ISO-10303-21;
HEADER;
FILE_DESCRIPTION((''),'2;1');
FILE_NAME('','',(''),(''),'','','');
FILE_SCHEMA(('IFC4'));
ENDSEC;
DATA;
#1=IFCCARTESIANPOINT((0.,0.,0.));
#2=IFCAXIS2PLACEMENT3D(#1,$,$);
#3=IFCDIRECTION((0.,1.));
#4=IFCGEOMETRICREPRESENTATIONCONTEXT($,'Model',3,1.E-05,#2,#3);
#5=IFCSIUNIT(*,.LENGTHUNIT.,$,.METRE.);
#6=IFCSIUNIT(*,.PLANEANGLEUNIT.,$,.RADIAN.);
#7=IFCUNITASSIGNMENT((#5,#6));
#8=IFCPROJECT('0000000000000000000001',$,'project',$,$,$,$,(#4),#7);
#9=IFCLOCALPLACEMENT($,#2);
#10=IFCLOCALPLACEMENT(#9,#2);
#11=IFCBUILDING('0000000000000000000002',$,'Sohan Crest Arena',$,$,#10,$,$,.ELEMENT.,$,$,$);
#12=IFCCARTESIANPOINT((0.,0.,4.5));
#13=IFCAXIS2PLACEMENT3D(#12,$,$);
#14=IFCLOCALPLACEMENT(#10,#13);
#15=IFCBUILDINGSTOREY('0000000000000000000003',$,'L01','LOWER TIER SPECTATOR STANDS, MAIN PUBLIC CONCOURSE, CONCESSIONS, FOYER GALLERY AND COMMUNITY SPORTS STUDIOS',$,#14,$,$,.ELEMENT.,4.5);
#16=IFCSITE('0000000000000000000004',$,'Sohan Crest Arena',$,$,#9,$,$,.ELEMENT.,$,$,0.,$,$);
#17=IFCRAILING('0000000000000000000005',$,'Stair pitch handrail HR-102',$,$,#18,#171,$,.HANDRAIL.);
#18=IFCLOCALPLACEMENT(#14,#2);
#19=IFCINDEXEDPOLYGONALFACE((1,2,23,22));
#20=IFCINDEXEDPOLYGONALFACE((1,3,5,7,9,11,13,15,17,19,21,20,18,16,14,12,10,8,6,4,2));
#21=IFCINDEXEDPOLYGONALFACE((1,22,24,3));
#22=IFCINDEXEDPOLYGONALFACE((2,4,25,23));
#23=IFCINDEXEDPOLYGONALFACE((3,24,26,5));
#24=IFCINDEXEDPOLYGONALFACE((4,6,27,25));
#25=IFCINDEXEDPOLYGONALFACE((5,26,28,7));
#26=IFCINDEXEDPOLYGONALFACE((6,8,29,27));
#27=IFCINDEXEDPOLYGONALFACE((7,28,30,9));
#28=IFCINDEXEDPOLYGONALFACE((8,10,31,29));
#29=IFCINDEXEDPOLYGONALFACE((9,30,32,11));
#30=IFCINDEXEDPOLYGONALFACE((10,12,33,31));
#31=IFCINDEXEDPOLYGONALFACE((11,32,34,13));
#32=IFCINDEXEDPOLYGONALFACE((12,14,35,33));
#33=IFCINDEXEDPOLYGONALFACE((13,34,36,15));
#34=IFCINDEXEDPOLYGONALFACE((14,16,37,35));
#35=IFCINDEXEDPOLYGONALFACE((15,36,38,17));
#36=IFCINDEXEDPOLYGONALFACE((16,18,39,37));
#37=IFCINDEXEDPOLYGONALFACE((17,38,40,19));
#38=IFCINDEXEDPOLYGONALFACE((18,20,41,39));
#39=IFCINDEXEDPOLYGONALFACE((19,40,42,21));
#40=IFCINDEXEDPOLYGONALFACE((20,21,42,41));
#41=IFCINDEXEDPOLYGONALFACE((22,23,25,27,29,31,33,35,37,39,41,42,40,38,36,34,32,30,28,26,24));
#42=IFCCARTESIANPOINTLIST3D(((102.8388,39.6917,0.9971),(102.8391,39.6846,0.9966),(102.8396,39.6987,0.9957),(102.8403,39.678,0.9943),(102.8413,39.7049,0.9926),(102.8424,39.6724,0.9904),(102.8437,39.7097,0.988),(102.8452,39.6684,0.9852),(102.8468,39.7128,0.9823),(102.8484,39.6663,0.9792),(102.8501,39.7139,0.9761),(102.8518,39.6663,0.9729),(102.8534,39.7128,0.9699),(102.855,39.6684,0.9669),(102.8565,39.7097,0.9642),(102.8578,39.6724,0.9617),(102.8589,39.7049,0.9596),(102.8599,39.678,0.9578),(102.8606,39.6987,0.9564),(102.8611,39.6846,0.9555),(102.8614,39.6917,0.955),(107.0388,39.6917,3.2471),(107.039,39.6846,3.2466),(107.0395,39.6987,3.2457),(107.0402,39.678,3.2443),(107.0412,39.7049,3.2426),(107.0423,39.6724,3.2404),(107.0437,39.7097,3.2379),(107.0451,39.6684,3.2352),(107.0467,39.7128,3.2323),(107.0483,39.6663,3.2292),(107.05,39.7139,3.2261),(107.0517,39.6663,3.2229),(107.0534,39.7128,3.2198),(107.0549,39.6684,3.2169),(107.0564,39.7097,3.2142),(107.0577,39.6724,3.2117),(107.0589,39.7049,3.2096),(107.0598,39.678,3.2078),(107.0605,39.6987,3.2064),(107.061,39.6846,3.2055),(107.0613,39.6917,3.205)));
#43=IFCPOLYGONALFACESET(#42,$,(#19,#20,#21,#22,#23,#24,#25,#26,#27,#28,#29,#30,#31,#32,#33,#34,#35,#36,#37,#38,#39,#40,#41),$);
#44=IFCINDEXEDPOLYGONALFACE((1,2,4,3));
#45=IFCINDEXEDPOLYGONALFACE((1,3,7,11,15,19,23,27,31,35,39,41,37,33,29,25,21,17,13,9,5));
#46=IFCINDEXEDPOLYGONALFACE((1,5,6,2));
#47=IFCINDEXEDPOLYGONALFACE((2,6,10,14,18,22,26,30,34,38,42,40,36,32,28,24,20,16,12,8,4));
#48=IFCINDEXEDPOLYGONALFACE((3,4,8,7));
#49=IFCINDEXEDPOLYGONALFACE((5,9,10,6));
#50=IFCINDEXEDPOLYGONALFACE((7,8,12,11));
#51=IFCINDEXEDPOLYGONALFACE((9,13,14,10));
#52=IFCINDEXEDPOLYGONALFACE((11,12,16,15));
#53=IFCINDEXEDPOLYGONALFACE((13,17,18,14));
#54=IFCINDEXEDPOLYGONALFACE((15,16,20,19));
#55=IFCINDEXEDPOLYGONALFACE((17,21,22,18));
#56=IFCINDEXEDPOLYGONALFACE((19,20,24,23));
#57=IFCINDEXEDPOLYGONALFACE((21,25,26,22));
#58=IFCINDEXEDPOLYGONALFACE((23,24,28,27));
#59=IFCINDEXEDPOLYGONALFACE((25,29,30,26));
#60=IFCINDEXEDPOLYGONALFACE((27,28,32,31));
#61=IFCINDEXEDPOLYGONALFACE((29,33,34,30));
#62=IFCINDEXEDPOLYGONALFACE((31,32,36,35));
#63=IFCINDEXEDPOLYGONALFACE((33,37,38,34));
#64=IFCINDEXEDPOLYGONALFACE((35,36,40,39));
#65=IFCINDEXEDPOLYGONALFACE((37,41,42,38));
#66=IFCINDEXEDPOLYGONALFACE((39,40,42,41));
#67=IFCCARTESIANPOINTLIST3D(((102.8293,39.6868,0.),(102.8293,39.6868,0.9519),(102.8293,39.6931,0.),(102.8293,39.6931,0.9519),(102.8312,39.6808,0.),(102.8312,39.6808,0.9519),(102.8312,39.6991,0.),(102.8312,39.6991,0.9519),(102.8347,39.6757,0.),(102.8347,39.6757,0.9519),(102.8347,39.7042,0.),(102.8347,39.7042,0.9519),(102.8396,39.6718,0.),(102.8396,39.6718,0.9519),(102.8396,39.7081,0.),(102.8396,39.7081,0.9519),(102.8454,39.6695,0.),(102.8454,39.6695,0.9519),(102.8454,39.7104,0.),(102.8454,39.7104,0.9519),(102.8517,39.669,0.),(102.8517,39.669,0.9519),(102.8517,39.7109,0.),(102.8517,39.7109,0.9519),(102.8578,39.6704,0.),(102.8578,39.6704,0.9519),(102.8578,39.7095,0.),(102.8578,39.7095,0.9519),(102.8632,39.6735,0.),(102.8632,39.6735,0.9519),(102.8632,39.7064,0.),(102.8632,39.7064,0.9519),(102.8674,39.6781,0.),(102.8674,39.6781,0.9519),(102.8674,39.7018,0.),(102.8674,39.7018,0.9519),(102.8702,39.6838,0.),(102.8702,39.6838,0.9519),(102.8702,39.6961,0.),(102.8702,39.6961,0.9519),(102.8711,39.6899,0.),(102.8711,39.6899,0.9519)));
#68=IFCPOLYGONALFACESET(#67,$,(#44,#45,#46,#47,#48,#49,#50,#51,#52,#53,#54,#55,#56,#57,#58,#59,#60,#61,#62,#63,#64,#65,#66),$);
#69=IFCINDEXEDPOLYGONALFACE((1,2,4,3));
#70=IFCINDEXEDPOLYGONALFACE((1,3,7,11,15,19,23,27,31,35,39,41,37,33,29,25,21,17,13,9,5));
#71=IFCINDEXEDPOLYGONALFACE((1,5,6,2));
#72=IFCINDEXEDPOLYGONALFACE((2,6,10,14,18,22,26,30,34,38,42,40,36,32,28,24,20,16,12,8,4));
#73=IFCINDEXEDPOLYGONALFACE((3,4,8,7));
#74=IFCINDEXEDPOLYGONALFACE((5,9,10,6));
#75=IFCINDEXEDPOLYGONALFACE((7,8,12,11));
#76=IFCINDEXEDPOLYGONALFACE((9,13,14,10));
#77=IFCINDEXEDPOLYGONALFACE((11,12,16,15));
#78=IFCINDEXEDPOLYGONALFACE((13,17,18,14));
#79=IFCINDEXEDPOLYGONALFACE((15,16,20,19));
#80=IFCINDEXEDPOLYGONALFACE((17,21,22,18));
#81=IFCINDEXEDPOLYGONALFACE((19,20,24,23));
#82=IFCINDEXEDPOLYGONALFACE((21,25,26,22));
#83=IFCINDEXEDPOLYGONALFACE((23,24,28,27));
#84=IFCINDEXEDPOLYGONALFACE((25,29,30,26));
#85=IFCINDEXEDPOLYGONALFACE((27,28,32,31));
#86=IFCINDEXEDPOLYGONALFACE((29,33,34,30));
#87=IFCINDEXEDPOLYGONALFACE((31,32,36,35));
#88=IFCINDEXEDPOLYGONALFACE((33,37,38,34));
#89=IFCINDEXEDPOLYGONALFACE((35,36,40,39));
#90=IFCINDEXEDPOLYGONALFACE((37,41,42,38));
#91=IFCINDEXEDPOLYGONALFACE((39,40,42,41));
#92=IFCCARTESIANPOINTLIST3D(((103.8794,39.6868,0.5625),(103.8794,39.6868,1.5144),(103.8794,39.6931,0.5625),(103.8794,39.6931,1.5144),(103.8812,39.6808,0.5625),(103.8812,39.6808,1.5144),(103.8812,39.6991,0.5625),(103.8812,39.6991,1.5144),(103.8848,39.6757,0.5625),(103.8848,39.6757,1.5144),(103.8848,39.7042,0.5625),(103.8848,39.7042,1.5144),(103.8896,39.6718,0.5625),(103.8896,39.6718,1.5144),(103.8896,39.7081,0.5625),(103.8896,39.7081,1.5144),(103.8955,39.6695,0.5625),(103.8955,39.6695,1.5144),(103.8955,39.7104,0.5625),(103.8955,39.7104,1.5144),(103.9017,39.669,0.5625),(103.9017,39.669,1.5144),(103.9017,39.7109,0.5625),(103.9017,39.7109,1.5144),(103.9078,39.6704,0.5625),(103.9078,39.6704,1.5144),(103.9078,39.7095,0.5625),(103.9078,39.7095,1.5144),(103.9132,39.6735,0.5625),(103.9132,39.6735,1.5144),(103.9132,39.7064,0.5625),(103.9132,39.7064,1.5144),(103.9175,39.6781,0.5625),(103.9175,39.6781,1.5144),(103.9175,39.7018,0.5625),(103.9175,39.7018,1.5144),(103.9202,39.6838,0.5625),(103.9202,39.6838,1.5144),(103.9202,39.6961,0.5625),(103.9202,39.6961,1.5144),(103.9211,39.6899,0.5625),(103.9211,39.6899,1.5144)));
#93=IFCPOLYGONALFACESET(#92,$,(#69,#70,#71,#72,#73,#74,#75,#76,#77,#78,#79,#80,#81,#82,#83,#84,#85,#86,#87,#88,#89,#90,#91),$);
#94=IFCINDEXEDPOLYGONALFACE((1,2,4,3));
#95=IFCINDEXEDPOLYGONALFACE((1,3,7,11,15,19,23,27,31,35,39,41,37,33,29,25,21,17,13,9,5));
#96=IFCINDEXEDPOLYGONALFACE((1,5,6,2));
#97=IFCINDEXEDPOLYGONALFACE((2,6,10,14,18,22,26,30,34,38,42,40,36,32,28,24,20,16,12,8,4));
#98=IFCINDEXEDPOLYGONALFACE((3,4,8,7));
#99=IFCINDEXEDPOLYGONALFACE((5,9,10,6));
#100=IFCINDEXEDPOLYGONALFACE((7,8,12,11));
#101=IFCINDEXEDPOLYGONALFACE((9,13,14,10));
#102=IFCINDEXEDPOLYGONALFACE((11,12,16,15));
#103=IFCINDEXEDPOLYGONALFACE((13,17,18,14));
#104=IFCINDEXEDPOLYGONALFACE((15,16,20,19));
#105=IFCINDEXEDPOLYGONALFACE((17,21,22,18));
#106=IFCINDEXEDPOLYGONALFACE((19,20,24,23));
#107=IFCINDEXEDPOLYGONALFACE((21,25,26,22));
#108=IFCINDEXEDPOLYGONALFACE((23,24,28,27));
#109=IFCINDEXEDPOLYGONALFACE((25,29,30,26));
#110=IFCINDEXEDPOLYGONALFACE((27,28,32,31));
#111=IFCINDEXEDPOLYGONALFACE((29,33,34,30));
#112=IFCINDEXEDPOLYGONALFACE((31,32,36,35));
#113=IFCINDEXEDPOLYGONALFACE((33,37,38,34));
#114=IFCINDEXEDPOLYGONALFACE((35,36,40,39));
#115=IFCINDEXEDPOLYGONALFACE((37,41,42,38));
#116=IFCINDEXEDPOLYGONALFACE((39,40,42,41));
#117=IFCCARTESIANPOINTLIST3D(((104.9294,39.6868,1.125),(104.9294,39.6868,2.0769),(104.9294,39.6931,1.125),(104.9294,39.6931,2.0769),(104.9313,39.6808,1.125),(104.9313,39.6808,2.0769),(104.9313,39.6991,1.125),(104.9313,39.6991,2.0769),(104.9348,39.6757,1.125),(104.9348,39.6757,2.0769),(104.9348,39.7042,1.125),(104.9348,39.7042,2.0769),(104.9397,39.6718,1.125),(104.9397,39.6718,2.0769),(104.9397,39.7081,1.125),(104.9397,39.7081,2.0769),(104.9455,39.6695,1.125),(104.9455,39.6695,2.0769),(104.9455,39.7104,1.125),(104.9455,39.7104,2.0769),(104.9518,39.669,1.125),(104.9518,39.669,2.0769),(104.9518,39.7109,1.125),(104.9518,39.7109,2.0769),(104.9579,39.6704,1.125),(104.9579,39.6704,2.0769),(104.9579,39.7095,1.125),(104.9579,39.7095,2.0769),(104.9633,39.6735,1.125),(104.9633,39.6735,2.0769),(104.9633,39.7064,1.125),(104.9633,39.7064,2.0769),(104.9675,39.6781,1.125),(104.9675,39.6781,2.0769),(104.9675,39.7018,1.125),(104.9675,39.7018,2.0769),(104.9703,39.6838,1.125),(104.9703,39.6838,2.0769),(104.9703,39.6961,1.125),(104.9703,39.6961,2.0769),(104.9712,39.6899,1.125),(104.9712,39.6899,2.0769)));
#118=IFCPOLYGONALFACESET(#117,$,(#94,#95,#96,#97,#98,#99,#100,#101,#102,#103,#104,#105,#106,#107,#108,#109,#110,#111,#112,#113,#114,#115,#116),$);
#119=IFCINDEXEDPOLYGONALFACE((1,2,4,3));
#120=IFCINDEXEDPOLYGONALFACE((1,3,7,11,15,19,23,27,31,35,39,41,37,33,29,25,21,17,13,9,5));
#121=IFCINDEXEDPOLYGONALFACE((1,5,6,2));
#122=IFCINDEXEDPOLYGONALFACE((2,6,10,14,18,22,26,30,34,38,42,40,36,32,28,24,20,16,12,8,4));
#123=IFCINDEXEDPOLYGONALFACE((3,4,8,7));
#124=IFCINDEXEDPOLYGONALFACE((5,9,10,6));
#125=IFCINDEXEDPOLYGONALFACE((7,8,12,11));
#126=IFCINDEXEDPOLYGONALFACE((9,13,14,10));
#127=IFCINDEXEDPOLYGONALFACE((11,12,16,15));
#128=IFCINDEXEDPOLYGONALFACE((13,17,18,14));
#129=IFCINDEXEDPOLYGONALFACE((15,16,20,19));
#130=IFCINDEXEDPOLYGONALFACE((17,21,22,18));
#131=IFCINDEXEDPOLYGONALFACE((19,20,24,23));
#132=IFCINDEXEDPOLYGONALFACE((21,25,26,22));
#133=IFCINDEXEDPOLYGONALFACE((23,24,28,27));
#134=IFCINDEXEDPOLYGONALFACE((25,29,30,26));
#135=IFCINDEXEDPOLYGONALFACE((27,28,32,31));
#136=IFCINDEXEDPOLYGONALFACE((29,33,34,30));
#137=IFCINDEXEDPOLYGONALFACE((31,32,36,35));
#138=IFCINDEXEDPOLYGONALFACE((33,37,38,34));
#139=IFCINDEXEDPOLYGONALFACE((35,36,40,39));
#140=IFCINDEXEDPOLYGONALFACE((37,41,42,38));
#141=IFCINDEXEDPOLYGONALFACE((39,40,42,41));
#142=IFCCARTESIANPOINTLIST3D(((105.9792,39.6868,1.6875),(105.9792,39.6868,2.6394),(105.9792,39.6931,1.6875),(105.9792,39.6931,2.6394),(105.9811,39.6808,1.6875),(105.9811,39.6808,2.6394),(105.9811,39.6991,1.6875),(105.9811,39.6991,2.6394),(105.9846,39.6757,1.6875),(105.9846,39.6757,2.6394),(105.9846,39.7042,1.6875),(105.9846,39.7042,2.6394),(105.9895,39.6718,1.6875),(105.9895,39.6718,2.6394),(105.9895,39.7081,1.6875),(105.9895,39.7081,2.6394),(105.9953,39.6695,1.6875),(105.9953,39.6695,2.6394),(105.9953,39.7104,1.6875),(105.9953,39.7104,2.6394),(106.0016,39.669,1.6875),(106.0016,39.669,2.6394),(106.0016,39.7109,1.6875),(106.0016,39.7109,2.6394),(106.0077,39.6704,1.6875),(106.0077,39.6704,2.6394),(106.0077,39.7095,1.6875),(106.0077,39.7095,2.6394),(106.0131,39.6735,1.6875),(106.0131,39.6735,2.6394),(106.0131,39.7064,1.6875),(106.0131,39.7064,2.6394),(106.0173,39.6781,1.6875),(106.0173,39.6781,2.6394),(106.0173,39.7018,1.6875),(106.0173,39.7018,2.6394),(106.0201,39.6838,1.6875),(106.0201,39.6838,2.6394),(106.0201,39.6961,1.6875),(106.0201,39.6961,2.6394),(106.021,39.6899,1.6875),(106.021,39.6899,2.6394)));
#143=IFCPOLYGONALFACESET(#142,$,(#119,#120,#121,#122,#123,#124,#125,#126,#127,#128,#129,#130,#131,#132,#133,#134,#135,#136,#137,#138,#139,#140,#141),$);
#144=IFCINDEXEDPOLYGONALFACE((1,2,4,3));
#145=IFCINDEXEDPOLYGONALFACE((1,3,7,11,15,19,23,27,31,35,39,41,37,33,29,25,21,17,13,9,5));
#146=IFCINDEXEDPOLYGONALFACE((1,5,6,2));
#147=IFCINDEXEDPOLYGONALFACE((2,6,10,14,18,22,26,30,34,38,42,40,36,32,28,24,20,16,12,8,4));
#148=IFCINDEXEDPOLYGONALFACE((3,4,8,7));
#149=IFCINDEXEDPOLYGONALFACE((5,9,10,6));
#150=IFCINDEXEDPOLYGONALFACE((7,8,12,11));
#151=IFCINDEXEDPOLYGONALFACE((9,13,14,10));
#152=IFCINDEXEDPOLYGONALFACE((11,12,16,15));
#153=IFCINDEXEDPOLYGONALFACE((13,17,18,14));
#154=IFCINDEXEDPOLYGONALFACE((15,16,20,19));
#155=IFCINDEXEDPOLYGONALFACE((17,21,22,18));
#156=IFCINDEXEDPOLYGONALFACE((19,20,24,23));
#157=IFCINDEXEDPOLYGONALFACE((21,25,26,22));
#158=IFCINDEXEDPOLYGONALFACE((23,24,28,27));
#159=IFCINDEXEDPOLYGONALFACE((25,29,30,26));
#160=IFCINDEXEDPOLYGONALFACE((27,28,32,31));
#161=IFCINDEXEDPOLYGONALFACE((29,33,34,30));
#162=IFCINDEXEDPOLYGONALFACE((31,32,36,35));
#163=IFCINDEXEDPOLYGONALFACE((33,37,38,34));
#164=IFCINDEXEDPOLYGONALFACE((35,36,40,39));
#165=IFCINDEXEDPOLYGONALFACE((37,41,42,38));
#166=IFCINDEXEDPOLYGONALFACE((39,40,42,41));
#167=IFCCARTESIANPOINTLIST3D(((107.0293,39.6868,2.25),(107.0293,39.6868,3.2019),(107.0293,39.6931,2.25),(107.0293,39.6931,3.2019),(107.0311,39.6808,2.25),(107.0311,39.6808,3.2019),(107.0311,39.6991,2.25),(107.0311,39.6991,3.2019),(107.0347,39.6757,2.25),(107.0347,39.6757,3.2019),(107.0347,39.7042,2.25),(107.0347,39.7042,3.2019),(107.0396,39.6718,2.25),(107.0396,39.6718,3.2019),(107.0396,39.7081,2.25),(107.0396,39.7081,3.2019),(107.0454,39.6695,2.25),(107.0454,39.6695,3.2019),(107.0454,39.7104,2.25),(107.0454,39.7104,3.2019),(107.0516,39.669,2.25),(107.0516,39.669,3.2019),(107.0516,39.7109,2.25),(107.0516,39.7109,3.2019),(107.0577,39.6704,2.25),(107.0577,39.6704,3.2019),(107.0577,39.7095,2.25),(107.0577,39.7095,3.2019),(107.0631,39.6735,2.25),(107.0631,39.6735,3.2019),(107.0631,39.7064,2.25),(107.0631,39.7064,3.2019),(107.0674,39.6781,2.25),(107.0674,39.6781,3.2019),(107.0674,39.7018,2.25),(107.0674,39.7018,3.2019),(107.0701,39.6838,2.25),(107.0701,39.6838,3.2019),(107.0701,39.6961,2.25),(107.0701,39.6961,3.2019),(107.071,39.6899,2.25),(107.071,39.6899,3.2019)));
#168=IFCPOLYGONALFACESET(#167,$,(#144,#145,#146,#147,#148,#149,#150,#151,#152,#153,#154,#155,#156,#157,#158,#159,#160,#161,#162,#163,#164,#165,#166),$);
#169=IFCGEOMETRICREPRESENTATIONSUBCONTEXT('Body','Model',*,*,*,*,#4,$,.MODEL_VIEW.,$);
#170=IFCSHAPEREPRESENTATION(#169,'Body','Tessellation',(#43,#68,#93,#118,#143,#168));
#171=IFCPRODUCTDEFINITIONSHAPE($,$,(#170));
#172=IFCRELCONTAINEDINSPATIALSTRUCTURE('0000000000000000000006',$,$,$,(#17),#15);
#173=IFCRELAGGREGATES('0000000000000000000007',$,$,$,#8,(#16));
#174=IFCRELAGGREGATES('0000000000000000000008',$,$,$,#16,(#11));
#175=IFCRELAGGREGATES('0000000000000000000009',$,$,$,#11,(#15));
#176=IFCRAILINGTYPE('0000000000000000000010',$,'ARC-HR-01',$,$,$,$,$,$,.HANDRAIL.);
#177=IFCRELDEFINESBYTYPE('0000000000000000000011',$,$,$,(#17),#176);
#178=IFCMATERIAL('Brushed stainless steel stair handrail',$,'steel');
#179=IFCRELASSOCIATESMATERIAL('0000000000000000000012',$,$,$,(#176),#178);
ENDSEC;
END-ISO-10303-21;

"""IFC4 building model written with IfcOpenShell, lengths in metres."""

from ifc_helpers import new_model, si_unit, direction, frame, origin, origin_2d, place, context, subcontext, project, spatial, circle, extrude, material, type_object, element, save


model = new_model("IFC4")

# Units and contexts
model_context = context("Model", 3, precision=1e-05, world=origin(), true_north=direction((0.0, 1.0)))
body_context = subcontext(model_context, "Body", "Model", "MODEL_VIEW")
ifc_project = project(units=[si_unit("LENGTHUNIT", "METRE"), si_unit("PLANEANGLEUNIT", "RADIAN")], contexts=[model_context])

# Site, building, storey
site_placement = place(None, origin())
site = spatial("IfcSite", under=ifc_project, at=site_placement, Name="Sohan Crest Arena", CompositionType="ELEMENT", RefElevation=0.0)
building_placement = place(site_placement, origin())
building = spatial("IfcBuilding", under=site, at=building_placement, Name="Sohan Crest Arena", CompositionType="ELEMENT")
storey_placement = place(building_placement, frame((0.0, 0.0, 4.5)))
storey = spatial("IfcBuildingStorey", under=building, at=storey_placement, Name="L01", Description="LOWER TIER SPECTATOR STANDS, MAIN PUBLIC CONCOURSE, CONCESSIONS, FOYER GALLERY AND COMMUNITY SPORTS STUDIOS", CompositionType="ELEMENT", Elevation=4.5)

# Railing
ifc_material_1 = material(Name="Brushed stainless steel stair handrail", Category="steel")
railing_type_1 = type_object("IfcRailingType", Name="ARC-HR-01", PredefinedType="HANDRAIL", material=ifc_material_1)
for number, where, name in (
    (1, (102.8501, 39.6899, 0.0), "Stair pitch handrail HR-102"),
):
    element("IfcRailing", number, at=place(storey_placement, frame(where)), inside=storey, type_object=railing_type_1, Name=name, PredefinedType="HANDRAIL", context=body_context, shape_type="SweptSolid", body=[
        extrude(circle(Radius=0.0239, at=origin_2d()), frame((0.0, 0.0, 0.9761), z_axis=(0.881478, 0.0, 0.472226), x_axis=(0.0, 1.0, 0.0)), (0.0, 0.0, 1.0), 4.7646),
        extrude(circle(Radius=0.021, at=origin_2d()), origin(), (0.0, 0.0, 1.0), 0.9519),
        extrude(circle(Radius=0.021, at=origin_2d()), frame((1.05, 0.0, 0.5625)), (0.0, 0.0, 1.0), 0.9519),
        extrude(circle(Radius=0.021, at=origin_2d()), frame((2.1001, 0.0, 1.125)), (0.0, 0.0, 1.0), 0.9519),
        extrude(circle(Radius=0.021, at=origin_2d()), frame((3.1499, 0.0, 1.6875)), (0.0, 0.0, 1.0), 0.9519),
        extrude(circle(Radius=0.021, at=origin_2d()), frame((4.2, 0.0, 2.25)), (0.0, 0.0, 1.0), 0.9519),
    ])

save(model, "model.ifc")
